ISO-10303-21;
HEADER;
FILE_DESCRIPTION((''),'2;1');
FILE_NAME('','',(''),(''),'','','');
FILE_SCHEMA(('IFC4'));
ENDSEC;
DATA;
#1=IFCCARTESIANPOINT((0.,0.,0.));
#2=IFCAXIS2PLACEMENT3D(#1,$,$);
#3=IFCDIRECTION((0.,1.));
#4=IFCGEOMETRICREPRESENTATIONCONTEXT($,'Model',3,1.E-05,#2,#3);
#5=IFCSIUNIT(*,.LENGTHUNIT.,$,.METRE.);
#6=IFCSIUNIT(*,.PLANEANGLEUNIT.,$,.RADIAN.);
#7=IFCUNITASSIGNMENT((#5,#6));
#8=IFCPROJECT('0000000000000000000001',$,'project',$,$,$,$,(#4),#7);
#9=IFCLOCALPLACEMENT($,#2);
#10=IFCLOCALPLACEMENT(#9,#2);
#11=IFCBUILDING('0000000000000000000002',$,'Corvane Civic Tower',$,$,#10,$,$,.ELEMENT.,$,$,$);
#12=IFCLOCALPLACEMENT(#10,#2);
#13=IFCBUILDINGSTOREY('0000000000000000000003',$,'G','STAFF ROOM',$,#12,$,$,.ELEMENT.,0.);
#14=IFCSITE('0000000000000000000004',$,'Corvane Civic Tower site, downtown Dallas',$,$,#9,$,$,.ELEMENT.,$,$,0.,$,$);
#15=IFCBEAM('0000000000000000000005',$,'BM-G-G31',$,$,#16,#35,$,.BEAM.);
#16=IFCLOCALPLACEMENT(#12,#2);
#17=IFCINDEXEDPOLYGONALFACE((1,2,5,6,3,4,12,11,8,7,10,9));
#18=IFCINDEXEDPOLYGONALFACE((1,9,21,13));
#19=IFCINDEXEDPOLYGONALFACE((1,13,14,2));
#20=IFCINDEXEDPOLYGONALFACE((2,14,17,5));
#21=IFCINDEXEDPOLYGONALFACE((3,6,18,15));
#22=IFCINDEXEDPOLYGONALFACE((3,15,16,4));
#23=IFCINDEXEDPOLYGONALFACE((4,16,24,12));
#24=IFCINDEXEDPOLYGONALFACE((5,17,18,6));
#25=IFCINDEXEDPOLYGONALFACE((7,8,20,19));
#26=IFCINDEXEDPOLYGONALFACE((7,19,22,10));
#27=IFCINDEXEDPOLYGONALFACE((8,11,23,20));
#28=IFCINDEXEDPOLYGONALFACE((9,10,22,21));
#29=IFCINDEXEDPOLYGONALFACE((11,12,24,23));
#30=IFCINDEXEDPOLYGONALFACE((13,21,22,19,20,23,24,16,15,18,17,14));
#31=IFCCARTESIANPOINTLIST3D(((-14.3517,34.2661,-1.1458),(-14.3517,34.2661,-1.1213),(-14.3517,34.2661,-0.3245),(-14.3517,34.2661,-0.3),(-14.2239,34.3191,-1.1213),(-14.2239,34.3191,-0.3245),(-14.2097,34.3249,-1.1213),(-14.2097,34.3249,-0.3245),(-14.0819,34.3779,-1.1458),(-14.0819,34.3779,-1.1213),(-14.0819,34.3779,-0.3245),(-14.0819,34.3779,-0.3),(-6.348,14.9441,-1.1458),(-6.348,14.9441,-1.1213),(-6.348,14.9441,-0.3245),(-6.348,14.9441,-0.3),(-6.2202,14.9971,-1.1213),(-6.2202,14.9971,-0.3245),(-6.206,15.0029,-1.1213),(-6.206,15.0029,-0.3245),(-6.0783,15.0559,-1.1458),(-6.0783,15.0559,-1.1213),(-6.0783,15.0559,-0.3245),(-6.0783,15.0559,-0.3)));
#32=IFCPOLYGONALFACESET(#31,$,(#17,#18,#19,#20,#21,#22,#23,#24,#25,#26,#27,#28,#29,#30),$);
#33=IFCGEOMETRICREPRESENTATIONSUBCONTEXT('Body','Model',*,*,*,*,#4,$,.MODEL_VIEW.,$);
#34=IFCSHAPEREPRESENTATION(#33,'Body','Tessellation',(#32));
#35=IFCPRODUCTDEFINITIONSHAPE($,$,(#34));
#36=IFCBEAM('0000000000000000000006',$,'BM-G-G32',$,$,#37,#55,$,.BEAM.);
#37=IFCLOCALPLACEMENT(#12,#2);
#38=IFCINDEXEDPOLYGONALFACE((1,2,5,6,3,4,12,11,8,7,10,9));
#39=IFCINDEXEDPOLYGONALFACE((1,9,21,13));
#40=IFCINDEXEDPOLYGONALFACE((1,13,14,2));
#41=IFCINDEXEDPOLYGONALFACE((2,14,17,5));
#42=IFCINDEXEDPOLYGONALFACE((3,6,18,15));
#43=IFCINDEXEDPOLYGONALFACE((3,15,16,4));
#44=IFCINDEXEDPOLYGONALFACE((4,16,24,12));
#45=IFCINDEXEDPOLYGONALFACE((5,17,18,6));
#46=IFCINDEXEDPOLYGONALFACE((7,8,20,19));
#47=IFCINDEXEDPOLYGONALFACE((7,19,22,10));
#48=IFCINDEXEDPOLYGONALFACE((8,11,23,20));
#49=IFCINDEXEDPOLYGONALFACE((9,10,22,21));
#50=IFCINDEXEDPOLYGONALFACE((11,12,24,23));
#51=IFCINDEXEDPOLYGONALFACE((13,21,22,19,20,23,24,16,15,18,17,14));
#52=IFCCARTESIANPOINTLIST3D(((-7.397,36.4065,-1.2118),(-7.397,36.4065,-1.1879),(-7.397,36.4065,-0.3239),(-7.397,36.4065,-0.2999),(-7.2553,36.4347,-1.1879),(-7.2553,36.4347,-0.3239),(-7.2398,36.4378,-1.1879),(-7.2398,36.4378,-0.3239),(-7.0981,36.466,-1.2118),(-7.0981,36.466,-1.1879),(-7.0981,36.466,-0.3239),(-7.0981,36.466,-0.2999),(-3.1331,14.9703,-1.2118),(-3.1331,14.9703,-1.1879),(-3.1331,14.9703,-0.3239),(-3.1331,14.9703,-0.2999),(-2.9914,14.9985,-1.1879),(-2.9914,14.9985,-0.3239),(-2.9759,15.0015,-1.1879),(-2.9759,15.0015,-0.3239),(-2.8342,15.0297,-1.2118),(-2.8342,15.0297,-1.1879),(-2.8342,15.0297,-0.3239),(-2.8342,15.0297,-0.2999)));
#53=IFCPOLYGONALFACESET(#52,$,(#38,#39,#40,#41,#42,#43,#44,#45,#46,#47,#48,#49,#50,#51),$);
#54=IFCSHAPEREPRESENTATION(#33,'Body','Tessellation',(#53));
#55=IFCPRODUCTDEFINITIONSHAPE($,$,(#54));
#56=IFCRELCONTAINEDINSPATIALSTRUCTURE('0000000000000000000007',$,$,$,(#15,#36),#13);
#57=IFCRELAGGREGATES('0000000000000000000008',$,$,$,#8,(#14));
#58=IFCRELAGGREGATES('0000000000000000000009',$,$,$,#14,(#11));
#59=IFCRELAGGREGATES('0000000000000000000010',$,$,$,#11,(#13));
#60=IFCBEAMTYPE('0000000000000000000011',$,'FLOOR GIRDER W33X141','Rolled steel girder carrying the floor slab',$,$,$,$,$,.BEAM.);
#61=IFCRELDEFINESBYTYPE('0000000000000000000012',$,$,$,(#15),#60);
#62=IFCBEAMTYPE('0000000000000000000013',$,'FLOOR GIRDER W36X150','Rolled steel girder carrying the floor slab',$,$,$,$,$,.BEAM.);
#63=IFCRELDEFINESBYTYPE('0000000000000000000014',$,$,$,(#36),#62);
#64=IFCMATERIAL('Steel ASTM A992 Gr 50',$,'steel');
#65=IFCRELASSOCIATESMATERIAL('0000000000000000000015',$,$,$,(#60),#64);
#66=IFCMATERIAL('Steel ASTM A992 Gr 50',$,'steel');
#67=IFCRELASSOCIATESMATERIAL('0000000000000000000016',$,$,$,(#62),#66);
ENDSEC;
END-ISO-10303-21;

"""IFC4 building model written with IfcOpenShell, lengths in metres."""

from ifc_helpers import new_model, si_unit, direction, frame, origin, origin_2d, place, context, subcontext, project, spatial, i_section, extrude, material, material_profile, profile_set, type_object, element, save


model = new_model("IFC4")

# Units and contexts
model_context = context("Model", 3, precision=1e-05, world=origin(), true_north=direction((0.0, 1.0)))
body_context = subcontext(model_context, "Body", "Model", "MODEL_VIEW")
ifc_project = project(units=[si_unit("LENGTHUNIT", "METRE"), si_unit("PLANEANGLEUNIT", "RADIAN")], contexts=[model_context])

# Site, building, storey
site_placement = place(None, origin())
site = spatial("IfcSite", under=ifc_project, at=site_placement, Name="Corvane Civic Tower site, downtown Dallas", CompositionType="ELEMENT", RefElevation=0.0)
building_placement = place(site_placement, origin())
building = spatial("IfcBuilding", under=site, at=building_placement, Name="Corvane Civic Tower", CompositionType="ELEMENT")
storey_placement = place(building_placement, origin())
storey = spatial("IfcBuildingStorey", under=building, at=storey_placement, Name="G", Description="STAFF ROOM", CompositionType="ELEMENT", Elevation=0.0)

# Beams
ifc_material_1 = material(Name="Steel ASTM A992 Gr 50", Category="steel")
ifc_material_profile_1 = material_profile(ifc_material_1, i_section(OverallWidth=0.292, OverallDepth=0.8457, WebThickness=0.0154, FlangeThickness=0.0244, at=origin_2d()), Name="W33X141")
ifc_profile_set_1 = profile_set([ifc_material_profile_1], Name="Steel ASTM A992 Gr 50")
beam_type_1 = type_object("IfcBeamType", Name="FLOOR GIRDER W33X141", Description="Rolled steel girder carrying the floor slab", PredefinedType="BEAM", material=ifc_profile_set_1)
beam_1_placement = place(storey_placement, frame((-6.2131, 15.0, -0.7229), z_axis=(-0.382692, 0.923876, 0.0), x_axis=(-0.923876, -0.382692, 0.0)))
element("IfcBeam", 1, at=beam_1_placement, inside=storey, type_object=beam_type_1, Name="BM-G-G31", PredefinedType="BEAM", context=body_context, shape_type="SweptSolid", body=[
    extrude(i_section(OverallWidth=0.292, OverallDepth=0.8457, WebThickness=0.0154, FlangeThickness=0.0244, at=origin_2d()), origin(), (0.0, 0.0, 1.0), 20.9141),
])
ifc_material_2 = material(Name="Steel ASTM A992 Gr 50", Category="steel")
ifc_material_profile_2 = material_profile(ifc_material_2, i_section(OverallWidth=0.3047, OverallDepth=0.9119, WebThickness=0.0159, FlangeThickness=0.0239, at=origin_2d()), Name="W36X150")
ifc_profile_set_2 = profile_set([ifc_material_profile_2], Name="Steel ASTM A992 Gr 50")
beam_type_2 = type_object("IfcBeamType", Name="FLOOR GIRDER W36X150", Description="Rolled steel girder carrying the floor slab", PredefinedType="BEAM", material=ifc_profile_set_2)
beam_2_placement = place(storey_placement, frame((-2.9836, 15.0, -0.7559), z_axis=(-0.195089, 0.980785, 0.0), x_axis=(-0.980785, -0.195089, 0.0)))
element("IfcBeam", 2, at=beam_2_placement, inside=storey, type_object=beam_type_2, Name="BM-G-G32", PredefinedType="BEAM", context=body_context, shape_type="SweptSolid", body=[
    extrude(i_section(OverallWidth=0.3047, OverallDepth=0.9119, WebThickness=0.0159, FlangeThickness=0.0239, at=origin_2d()), origin(), (0.0, 0.0, 1.0), 21.8562),
])

save(model, "model.ifc")
